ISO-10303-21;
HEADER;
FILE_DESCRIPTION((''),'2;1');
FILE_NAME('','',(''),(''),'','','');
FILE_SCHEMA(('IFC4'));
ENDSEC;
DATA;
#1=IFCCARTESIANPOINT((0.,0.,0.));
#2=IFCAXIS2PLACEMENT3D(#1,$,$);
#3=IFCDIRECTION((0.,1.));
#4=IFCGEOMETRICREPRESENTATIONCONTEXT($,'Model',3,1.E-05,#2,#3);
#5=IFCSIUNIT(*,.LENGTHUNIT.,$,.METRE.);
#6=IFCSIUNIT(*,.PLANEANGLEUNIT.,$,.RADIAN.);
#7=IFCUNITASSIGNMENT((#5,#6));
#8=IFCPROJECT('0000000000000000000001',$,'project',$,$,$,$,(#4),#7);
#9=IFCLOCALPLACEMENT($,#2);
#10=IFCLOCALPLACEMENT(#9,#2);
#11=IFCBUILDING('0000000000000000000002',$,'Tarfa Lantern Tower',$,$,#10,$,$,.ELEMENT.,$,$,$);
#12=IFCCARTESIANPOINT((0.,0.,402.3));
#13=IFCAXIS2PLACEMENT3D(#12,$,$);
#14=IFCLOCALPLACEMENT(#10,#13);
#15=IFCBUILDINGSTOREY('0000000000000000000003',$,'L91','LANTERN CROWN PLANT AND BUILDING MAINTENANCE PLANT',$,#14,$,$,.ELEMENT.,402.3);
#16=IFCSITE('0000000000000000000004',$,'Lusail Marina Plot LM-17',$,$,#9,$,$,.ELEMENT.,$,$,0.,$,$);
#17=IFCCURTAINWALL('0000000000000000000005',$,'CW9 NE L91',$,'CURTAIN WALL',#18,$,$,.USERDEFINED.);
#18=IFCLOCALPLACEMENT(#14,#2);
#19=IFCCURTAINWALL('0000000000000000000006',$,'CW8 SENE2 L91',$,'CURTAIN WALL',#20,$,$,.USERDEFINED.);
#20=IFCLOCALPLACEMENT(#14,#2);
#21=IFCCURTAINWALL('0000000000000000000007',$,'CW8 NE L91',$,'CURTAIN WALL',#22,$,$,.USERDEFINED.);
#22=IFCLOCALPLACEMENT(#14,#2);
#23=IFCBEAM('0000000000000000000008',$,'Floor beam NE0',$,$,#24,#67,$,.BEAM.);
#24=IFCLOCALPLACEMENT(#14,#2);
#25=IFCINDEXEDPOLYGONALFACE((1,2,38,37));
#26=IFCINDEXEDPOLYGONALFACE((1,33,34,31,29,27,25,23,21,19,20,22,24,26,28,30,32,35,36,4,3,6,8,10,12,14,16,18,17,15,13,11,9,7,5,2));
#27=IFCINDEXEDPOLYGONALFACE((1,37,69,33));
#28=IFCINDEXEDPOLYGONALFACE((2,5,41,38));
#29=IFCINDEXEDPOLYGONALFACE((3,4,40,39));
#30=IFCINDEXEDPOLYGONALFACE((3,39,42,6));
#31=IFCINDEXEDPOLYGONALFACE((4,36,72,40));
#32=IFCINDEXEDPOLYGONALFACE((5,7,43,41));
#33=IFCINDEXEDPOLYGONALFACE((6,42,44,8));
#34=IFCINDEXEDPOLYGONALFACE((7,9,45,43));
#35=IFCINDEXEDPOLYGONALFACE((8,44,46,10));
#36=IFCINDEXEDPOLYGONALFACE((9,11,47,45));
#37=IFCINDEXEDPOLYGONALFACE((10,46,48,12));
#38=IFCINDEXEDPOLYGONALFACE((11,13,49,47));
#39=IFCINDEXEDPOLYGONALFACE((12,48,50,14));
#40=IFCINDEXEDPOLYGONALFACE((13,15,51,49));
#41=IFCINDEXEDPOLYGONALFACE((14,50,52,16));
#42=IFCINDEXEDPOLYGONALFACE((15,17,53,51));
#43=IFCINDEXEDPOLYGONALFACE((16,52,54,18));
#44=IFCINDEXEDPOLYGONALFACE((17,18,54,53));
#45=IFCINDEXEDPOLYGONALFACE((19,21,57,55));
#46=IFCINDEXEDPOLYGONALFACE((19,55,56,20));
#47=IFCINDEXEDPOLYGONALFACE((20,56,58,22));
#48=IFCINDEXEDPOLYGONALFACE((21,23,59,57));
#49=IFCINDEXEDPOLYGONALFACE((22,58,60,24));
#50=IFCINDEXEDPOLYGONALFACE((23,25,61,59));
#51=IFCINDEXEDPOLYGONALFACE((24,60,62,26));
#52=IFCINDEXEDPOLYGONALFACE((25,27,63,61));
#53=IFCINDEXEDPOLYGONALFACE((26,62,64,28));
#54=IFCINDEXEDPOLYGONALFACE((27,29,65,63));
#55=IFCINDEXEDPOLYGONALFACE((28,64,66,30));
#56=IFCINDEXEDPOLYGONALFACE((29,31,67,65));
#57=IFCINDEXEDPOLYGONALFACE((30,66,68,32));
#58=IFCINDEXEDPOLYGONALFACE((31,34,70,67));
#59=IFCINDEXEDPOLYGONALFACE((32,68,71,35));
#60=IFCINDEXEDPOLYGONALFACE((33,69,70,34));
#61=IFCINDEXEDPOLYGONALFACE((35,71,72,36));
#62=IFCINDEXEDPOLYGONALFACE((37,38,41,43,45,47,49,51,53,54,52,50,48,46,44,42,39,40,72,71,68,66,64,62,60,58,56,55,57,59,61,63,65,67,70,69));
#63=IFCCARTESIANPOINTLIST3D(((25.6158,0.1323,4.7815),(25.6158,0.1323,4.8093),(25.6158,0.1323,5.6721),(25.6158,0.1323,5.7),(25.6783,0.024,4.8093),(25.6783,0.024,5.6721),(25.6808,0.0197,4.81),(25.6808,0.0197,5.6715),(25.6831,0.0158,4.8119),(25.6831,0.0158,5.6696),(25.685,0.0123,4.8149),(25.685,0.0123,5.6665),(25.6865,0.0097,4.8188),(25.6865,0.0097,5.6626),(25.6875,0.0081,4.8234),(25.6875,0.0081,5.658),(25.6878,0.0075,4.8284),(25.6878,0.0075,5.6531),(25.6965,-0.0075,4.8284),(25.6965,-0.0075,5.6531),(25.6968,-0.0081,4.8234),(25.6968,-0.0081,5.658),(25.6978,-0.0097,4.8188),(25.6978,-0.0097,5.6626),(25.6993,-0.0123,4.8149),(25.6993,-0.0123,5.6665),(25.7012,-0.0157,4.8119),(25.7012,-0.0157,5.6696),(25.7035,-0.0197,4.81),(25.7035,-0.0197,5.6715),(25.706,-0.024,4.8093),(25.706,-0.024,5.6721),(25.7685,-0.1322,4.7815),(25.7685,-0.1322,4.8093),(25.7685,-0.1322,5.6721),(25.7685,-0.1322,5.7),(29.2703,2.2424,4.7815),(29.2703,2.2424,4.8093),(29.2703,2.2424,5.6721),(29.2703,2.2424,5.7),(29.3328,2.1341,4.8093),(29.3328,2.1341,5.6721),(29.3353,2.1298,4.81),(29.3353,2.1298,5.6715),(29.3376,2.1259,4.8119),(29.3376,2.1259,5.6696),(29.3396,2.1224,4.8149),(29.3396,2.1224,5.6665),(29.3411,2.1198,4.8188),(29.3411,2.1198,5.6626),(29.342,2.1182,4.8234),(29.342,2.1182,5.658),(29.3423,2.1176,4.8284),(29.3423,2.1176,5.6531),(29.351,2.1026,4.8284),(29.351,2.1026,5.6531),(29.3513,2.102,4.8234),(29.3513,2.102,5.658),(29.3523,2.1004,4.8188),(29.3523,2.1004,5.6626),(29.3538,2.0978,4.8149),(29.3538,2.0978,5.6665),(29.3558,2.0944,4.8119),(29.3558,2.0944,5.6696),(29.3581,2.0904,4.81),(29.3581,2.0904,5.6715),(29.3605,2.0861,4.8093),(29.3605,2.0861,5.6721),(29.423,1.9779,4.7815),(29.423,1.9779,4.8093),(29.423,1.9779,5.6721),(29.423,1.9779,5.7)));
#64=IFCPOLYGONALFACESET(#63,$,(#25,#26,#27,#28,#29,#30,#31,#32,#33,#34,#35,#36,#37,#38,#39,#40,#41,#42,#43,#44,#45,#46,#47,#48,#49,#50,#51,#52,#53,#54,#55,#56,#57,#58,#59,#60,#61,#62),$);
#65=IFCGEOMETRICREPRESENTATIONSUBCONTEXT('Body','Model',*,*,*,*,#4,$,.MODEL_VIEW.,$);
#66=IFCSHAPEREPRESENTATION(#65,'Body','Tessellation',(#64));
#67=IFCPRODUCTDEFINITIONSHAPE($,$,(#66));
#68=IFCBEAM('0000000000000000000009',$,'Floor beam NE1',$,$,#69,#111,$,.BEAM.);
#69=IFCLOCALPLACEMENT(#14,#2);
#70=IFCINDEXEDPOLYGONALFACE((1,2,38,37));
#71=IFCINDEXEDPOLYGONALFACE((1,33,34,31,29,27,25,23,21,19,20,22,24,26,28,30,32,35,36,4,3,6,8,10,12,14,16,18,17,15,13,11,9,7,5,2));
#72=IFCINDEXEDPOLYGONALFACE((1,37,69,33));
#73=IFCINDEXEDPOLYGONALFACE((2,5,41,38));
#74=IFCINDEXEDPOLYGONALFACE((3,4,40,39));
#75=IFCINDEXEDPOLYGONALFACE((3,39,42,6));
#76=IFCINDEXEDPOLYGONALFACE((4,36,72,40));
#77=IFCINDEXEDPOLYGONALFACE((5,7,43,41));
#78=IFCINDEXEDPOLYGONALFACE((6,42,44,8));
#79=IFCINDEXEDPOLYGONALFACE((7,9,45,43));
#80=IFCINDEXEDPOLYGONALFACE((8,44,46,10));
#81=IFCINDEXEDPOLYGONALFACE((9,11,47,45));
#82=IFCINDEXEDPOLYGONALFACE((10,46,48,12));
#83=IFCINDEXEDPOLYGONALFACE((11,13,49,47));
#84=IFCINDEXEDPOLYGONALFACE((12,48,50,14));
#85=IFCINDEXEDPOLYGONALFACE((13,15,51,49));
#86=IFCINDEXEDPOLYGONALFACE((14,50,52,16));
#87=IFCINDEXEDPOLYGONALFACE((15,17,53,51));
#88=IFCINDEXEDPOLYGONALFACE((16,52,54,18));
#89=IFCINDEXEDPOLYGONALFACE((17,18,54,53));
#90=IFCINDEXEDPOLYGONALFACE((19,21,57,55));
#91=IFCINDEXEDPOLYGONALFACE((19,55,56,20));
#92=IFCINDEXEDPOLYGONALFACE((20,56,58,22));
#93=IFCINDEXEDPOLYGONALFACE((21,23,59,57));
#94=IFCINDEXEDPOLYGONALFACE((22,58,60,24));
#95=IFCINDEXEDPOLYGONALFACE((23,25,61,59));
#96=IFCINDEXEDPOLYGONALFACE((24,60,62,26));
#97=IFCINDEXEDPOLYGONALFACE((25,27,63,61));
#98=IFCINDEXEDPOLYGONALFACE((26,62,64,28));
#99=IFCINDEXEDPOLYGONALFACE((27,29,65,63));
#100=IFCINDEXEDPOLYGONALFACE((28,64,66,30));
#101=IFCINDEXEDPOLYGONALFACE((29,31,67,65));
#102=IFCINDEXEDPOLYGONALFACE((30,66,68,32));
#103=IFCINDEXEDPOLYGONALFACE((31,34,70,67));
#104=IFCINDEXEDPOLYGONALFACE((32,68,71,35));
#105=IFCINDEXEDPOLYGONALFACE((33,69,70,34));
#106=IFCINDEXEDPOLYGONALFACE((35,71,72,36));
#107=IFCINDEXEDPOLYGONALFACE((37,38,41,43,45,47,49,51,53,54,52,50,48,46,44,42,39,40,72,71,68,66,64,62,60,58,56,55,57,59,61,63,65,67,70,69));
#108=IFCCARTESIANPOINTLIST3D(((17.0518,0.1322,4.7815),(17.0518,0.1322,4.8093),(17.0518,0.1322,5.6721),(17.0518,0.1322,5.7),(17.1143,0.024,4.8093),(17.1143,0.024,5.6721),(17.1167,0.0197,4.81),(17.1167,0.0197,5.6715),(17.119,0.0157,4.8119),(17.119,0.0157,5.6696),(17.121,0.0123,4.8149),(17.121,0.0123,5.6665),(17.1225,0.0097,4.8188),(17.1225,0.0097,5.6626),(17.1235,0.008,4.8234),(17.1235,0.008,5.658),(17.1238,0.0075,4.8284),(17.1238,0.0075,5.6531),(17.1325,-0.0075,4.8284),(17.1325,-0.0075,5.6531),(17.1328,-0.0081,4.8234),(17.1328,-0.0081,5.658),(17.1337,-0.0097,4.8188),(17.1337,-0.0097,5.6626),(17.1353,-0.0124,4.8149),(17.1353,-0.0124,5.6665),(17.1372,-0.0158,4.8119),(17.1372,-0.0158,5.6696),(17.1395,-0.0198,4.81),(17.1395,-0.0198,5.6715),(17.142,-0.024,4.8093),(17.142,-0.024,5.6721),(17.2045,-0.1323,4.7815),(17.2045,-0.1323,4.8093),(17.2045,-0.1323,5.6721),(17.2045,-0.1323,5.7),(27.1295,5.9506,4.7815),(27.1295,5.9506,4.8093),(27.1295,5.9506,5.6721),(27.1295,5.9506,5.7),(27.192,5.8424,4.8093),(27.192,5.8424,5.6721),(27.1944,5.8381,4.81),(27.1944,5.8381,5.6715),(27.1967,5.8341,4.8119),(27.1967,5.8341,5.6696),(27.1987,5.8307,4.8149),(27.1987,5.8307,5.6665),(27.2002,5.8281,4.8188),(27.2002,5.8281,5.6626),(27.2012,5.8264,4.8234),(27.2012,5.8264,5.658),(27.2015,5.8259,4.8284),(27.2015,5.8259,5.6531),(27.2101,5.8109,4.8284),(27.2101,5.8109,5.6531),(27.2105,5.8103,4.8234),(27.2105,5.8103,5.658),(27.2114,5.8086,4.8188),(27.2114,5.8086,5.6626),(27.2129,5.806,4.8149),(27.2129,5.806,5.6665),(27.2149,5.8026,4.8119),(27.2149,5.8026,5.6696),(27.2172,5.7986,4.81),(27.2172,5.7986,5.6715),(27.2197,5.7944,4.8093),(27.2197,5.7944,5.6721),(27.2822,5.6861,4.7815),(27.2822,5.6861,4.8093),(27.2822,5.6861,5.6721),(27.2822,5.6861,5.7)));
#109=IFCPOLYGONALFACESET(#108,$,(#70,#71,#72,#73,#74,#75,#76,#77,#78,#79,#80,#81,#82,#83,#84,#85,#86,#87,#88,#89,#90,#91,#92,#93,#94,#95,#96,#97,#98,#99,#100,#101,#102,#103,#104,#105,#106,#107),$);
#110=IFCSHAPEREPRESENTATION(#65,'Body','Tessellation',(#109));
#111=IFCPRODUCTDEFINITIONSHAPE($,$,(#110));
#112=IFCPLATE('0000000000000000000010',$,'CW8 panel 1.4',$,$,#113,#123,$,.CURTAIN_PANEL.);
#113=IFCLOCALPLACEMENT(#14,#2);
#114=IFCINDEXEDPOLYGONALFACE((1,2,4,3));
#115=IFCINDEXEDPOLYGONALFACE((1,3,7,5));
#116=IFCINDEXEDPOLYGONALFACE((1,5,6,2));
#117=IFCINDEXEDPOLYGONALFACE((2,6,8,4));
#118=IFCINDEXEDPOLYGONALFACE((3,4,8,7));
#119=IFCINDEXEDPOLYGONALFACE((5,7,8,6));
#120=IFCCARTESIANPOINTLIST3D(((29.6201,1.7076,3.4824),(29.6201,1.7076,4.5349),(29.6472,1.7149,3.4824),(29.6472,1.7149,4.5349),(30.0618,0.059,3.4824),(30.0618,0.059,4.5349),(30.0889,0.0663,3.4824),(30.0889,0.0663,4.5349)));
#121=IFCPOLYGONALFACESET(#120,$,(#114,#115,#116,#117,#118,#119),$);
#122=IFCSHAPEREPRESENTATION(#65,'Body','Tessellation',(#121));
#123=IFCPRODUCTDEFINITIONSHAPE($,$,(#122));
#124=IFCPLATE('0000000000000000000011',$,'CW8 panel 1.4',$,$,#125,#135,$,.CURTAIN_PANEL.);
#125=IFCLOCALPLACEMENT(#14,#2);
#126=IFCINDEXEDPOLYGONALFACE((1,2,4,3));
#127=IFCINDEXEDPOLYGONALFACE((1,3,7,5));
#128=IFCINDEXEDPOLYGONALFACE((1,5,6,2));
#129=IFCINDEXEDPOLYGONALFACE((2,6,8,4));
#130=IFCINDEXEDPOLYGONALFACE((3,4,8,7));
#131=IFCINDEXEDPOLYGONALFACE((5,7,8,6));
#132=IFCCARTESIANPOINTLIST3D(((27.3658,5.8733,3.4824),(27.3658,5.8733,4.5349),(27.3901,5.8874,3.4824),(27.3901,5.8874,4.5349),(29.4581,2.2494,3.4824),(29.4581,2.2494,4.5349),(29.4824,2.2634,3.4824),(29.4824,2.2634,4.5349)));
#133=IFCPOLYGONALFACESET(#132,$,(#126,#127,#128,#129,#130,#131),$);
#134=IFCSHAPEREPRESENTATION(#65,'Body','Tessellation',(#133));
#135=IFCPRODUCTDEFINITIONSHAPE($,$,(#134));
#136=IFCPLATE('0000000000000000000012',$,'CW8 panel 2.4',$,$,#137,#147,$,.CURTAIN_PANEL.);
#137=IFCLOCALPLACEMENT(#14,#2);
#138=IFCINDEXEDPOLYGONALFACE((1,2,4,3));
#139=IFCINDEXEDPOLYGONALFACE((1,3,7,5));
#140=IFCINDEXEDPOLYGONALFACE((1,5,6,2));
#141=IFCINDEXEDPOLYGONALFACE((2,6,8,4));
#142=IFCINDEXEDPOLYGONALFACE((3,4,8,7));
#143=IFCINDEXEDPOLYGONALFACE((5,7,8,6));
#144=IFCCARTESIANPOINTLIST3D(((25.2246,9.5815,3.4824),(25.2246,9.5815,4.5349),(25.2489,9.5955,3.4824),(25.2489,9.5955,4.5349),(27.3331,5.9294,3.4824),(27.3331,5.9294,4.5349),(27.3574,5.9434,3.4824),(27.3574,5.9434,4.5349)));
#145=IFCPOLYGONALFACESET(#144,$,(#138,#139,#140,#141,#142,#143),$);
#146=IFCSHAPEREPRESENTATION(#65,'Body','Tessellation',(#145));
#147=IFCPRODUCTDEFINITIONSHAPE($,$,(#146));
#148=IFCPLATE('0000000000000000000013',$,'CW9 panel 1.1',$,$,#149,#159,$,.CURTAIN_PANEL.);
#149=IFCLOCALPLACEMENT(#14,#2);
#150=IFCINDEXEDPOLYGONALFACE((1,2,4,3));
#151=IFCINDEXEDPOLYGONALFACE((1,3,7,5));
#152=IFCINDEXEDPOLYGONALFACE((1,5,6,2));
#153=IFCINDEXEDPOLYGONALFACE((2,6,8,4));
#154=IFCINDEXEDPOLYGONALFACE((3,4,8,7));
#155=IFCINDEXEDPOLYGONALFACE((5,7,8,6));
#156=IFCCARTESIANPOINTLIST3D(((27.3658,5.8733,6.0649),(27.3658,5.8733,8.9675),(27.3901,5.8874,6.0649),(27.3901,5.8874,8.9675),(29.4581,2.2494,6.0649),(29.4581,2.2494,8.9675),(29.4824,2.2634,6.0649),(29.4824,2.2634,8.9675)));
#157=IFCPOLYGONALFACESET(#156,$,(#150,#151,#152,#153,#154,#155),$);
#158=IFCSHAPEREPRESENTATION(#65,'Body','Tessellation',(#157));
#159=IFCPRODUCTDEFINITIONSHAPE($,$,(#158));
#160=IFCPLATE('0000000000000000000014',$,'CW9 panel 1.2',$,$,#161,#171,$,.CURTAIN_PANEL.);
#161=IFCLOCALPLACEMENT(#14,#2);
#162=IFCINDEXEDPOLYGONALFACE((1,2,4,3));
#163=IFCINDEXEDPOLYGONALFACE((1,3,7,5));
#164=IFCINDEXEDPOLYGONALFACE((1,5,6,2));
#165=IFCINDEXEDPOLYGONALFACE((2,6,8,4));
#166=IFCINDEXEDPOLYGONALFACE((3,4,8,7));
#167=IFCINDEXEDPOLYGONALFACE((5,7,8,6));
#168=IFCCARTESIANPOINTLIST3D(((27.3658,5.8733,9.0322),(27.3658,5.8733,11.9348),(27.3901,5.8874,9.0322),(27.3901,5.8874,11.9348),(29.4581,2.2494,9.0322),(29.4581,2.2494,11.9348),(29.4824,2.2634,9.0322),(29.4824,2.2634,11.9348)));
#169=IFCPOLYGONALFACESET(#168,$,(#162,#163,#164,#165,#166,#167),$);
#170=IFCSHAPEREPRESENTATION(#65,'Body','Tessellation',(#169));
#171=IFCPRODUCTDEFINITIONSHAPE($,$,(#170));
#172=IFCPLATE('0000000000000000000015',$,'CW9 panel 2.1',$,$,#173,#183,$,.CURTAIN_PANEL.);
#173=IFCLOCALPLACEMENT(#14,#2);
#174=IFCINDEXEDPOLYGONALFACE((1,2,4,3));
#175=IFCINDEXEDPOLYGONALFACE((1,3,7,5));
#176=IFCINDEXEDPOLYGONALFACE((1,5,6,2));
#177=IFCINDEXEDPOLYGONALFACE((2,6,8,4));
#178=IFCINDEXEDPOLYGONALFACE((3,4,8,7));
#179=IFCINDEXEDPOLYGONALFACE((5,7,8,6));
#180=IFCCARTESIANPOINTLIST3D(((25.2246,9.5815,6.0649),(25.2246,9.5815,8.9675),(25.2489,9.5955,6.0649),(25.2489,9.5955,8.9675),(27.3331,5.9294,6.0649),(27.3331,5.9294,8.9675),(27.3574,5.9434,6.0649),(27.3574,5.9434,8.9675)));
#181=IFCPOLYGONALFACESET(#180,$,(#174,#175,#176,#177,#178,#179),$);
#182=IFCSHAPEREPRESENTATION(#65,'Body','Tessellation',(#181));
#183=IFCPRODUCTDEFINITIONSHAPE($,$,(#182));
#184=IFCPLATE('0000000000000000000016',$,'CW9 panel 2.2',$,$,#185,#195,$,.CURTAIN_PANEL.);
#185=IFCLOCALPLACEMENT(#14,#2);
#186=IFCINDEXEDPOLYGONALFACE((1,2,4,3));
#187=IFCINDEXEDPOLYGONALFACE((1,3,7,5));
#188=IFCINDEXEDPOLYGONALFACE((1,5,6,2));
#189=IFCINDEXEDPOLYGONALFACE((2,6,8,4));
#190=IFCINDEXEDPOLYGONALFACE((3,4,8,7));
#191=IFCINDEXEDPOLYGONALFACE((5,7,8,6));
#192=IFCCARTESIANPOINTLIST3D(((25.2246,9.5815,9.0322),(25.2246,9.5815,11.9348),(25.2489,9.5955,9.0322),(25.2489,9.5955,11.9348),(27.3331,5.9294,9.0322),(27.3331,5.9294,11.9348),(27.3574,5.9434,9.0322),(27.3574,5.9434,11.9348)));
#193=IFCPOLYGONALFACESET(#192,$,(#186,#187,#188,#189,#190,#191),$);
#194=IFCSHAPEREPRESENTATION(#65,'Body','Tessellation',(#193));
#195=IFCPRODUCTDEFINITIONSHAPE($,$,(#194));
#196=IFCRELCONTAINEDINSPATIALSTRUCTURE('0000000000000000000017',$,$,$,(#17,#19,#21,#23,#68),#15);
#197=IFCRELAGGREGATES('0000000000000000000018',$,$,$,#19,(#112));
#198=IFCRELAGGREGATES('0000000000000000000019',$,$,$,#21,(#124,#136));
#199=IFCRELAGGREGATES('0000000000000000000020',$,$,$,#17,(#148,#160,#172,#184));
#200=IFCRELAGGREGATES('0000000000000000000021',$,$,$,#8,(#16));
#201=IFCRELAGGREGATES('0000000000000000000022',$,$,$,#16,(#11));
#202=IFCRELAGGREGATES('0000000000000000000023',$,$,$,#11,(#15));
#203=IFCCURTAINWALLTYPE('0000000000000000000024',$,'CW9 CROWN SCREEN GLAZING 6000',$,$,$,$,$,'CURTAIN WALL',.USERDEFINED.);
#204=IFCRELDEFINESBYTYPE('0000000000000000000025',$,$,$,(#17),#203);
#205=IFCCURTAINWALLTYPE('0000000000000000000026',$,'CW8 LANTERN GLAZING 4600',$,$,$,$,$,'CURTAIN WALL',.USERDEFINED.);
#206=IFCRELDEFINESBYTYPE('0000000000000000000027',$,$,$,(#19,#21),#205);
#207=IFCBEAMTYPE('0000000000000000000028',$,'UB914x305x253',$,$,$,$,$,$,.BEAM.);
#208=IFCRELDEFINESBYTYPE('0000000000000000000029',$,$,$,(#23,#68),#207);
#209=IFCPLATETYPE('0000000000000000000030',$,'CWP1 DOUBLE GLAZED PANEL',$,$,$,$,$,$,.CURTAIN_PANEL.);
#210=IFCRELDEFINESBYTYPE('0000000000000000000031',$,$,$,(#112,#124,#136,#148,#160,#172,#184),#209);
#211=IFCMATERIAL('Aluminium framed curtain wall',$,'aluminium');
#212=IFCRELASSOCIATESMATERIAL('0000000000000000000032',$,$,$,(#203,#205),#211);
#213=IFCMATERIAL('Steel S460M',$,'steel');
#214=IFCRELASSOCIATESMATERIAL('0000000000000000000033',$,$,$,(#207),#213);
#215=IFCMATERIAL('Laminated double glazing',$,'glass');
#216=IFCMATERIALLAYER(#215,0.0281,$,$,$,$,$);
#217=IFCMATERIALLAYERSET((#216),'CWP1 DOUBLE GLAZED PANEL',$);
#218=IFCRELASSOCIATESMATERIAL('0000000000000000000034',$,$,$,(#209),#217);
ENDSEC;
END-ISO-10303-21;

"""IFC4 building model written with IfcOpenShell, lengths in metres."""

from ifc_helpers import new_model, si_unit, direction, frame, origin, origin_2d, place, context, subcontext, project, spatial, rectangle, i_section, extrude, material, layer, layer_set, material_profile, profile_set, type_object, element, aggregate, save


model = new_model("IFC4")

# Units and contexts
model_context = context("Model", 3, precision=1e-05, world=origin(), true_north=direction((0.0, 1.0)))
body_context = subcontext(model_context, "Body", "Model", "MODEL_VIEW")
ifc_project = project(units=[si_unit("LENGTHUNIT", "METRE"), si_unit("PLANEANGLEUNIT", "RADIAN")], contexts=[model_context])

# Site, building, storey
site_placement = place(None, origin())
site = spatial("IfcSite", under=ifc_project, at=site_placement, Name="Lusail Marina Plot LM-17", CompositionType="ELEMENT", RefElevation=0.0)
building_placement = place(site_placement, origin())
building = spatial("IfcBuilding", under=site, at=building_placement, Name="Tarfa Lantern Tower", CompositionType="ELEMENT")
storey_placement = place(building_placement, frame((0.0, 0.0, 402.3)))
storey = spatial("IfcBuildingStorey", under=building, at=storey_placement, Name="L91", Description="LANTERN CROWN PLANT AND BUILDING MAINTENANCE PLANT", CompositionType="ELEMENT", Elevation=402.3)

# Curtain wall
ifc_material_1 = material(Name="Aluminium framed curtain wall", Category="aluminium")
curtain_wall_type_1 = type_object("IfcCurtainWallType", Name="CW9 CROWN SCREEN GLAZING 6000", ElementType="CURTAIN WALL", PredefinedType="USERDEFINED", material=ifc_material_1)
curtain_wall_1_placement = place(storey_placement, origin())
curtain_wall_1 = element("IfcCurtainWall", 1, at=curtain_wall_1_placement, inside=storey, type_object=curtain_wall_type_1, Name="CW9 NE L91", ObjectType="CURTAIN WALL", PredefinedType="USERDEFINED")

# Curtain walls
curtain_wall_type_2 = type_object("IfcCurtainWallType", Name="CW8 LANTERN GLAZING 4600", ElementType="CURTAIN WALL", PredefinedType="USERDEFINED", material=ifc_material_1)
curtain_wall_2_placement = place(storey_placement, origin())
curtain_wall_2 = element("IfcCurtainWall", 2, at=curtain_wall_2_placement, inside=storey, type_object=curtain_wall_type_2, Name="CW8 SENE2 L91", ObjectType="CURTAIN WALL", PredefinedType="USERDEFINED")
curtain_wall_3_placement = place(storey_placement, origin())
curtain_wall_3 = element("IfcCurtainWall", 3, at=curtain_wall_3_placement, inside=storey, type_object=curtain_wall_type_2, Name="CW8 NE L91", ObjectType="CURTAIN WALL", PredefinedType="USERDEFINED")

# Beams
ifc_material_2 = material(Name="Steel S460M", Category="steel")
ifc_material_profile_1 = material_profile(ifc_material_2, i_section(OverallWidth=0.3054, OverallDepth=0.9185, WebThickness=0.0173, FlangeThickness=0.0278, FilletRadius=0.019, at=origin_2d()), Name="UB914x305x253")
ifc_profile_set_1 = profile_set([ifc_material_profile_1], Name="Steel S460M")
beam_type_1 = type_object("IfcBeamType", Name="UB914x305x253", PredefinedType="BEAM", material=ifc_profile_set_1)
beam_1_placement = place(storey_placement, frame((29.3467, 2.1101, 5.2407), z_axis=(-0.866009, -0.500028, 0.0), x_axis=(0.500028, -0.866009, 0.0)))
element("IfcBeam", 4, at=beam_1_placement, inside=storey, type_object=beam_type_1, Name="Floor beam NE0", PredefinedType="BEAM", context=body_context, shape_type="SweptSolid", body=[
    extrude(i_section(OverallWidth=0.3054, OverallDepth=0.9185, WebThickness=0.0173, FlangeThickness=0.0278, FilletRadius=0.019, at=origin_2d()), origin(), (0.0, 0.0, 1.0), 4.22),
])
beam_2_placement = place(storey_placement, frame((27.2058, 5.8184, 5.2407), z_axis=(-0.866024, -0.500002, 0.0), x_axis=(0.500002, -0.866024, 0.0)))
element("IfcBeam", 5, at=beam_2_placement, inside=storey, type_object=beam_type_1, Name="Floor beam NE1", PredefinedType="BEAM", context=body_context, shape_type="SweptSolid", body=[
    extrude(i_section(OverallWidth=0.3054, OverallDepth=0.9185, WebThickness=0.0173, FlangeThickness=0.0278, FilletRadius=0.019, at=origin_2d()), origin(), (0.0, 0.0, 1.0), 11.6367),
])

# Plates
ifc_material_3 = material(Name="Laminated double glazing", Category="glass")
ifc_layer = layer(ifc_material_3, 0.0281)
ifc_layer_set = layer_set([ifc_layer], Name="CWP1 DOUBLE GLAZED PANEL")
plate_type = type_object("IfcPlateType", Name="CWP1 DOUBLE GLAZED PANEL", PredefinedType="CURTAIN_PANEL", material=ifc_layer_set)
plate_1_placement = place(storey_placement, frame((29.8545, 0.887, 3.4824), z_axis=(0.0, 0.0, 1.0), x_axis=(-0.258819, 0.965926, 0.0)))
plate_1 = element("IfcPlate", 6, at=plate_1_placement, type_object=plate_type, Name="CW8 panel 1.4", PredefinedType="CURTAIN_PANEL", context=body_context, shape_type="SweptSolid", body=[
    extrude(rectangle(XDim=1.7068, YDim=0.0281, at=origin_2d()), origin(), (0.0, 0.0, 1.0), 1.0525),
])
aggregate(curtain_wall_2, [plate_1])
plate_2_placement = place(storey_placement, frame((28.4241, 4.0684, 3.4824), z_axis=(0.0, 0.0, 1.0), x_axis=(-0.5, 0.866025, 0.0)))
plate_2 = element("IfcPlate", 7, at=plate_2_placement, type_object=plate_type, Name="CW8 panel 1.4", PredefinedType="CURTAIN_PANEL", context=body_context, shape_type="SweptSolid", body=[
    extrude(rectangle(XDim=4.1846, YDim=0.0281, at=origin_2d()), origin(), (0.0, 0.0, 1.0), 1.0525),
])
plate_3_placement = place(storey_placement, frame((26.291, 7.7625, 3.4824), z_axis=(0.0, 0.0, 1.0), x_axis=(-0.5, 0.866025, 0.0)))
plate_3 = element("IfcPlate", 8, at=plate_3_placement, type_object=plate_type, Name="CW8 panel 2.4", PredefinedType="CURTAIN_PANEL", context=body_context, shape_type="SweptSolid", body=[
    extrude(rectangle(XDim=4.217, YDim=0.0281, at=origin_2d()), origin(), (0.0, 0.0, 1.0), 1.0525),
])
aggregate(curtain_wall_3, [plate_2, plate_3])
plate_4_placement = place(storey_placement, frame((28.4241, 4.0684, 6.0649), z_axis=(0.0, 0.0, 1.0), x_axis=(-0.5, 0.866025, 0.0)))
plate_4 = element("IfcPlate", 9, at=plate_4_placement, type_object=plate_type, Name="CW9 panel 1.1", PredefinedType="CURTAIN_PANEL", context=body_context, shape_type="SweptSolid", body=[
    extrude(rectangle(XDim=4.1846, YDim=0.0281, at=origin_2d()), origin(), (0.0, 0.0, 1.0), 2.9026),
])
plate_5_placement = place(storey_placement, frame((28.4241, 4.0684, 9.0322), z_axis=(0.0, 0.0, 1.0), x_axis=(-0.5, 0.866025, 0.0)))
plate_5 = element("IfcPlate", 10, at=plate_5_placement, type_object=plate_type, Name="CW9 panel 1.2", PredefinedType="CURTAIN_PANEL", context=body_context, shape_type="SweptSolid", body=[
    extrude(rectangle(XDim=4.1846, YDim=0.0281, at=origin_2d()), origin(), (0.0, 0.0, 1.0), 2.9026),
])
plate_6_placement = place(storey_placement, frame((26.291, 7.7625, 6.0649), z_axis=(0.0, 0.0, 1.0), x_axis=(-0.5, 0.866025, 0.0)))
plate_6 = element("IfcPlate", 11, at=plate_6_placement, type_object=plate_type, Name="CW9 panel 2.1", PredefinedType="CURTAIN_PANEL", context=body_context, shape_type="SweptSolid", body=[
    extrude(rectangle(XDim=4.217, YDim=0.0281, at=origin_2d()), origin(), (0.0, 0.0, 1.0), 2.9026),
])
plate_7_placement = place(storey_placement, frame((26.291, 7.7625, 9.0322), z_axis=(0.0, 0.0, 1.0), x_axis=(-0.5, 0.866025, 0.0)))
plate_7 = element("IfcPlate", 12, at=plate_7_placement, type_object=plate_type, Name="CW9 panel 2.2", PredefinedType="CURTAIN_PANEL", context=body_context, shape_type="SweptSolid", body=[
    extrude(rectangle(XDim=4.217, YDim=0.0281, at=origin_2d()), origin(), (0.0, 0.0, 1.0), 2.9026),
])
aggregate(curtain_wall_1, [plate_4, plate_5, plate_6, plate_7])

save(model, "model.ifc")
